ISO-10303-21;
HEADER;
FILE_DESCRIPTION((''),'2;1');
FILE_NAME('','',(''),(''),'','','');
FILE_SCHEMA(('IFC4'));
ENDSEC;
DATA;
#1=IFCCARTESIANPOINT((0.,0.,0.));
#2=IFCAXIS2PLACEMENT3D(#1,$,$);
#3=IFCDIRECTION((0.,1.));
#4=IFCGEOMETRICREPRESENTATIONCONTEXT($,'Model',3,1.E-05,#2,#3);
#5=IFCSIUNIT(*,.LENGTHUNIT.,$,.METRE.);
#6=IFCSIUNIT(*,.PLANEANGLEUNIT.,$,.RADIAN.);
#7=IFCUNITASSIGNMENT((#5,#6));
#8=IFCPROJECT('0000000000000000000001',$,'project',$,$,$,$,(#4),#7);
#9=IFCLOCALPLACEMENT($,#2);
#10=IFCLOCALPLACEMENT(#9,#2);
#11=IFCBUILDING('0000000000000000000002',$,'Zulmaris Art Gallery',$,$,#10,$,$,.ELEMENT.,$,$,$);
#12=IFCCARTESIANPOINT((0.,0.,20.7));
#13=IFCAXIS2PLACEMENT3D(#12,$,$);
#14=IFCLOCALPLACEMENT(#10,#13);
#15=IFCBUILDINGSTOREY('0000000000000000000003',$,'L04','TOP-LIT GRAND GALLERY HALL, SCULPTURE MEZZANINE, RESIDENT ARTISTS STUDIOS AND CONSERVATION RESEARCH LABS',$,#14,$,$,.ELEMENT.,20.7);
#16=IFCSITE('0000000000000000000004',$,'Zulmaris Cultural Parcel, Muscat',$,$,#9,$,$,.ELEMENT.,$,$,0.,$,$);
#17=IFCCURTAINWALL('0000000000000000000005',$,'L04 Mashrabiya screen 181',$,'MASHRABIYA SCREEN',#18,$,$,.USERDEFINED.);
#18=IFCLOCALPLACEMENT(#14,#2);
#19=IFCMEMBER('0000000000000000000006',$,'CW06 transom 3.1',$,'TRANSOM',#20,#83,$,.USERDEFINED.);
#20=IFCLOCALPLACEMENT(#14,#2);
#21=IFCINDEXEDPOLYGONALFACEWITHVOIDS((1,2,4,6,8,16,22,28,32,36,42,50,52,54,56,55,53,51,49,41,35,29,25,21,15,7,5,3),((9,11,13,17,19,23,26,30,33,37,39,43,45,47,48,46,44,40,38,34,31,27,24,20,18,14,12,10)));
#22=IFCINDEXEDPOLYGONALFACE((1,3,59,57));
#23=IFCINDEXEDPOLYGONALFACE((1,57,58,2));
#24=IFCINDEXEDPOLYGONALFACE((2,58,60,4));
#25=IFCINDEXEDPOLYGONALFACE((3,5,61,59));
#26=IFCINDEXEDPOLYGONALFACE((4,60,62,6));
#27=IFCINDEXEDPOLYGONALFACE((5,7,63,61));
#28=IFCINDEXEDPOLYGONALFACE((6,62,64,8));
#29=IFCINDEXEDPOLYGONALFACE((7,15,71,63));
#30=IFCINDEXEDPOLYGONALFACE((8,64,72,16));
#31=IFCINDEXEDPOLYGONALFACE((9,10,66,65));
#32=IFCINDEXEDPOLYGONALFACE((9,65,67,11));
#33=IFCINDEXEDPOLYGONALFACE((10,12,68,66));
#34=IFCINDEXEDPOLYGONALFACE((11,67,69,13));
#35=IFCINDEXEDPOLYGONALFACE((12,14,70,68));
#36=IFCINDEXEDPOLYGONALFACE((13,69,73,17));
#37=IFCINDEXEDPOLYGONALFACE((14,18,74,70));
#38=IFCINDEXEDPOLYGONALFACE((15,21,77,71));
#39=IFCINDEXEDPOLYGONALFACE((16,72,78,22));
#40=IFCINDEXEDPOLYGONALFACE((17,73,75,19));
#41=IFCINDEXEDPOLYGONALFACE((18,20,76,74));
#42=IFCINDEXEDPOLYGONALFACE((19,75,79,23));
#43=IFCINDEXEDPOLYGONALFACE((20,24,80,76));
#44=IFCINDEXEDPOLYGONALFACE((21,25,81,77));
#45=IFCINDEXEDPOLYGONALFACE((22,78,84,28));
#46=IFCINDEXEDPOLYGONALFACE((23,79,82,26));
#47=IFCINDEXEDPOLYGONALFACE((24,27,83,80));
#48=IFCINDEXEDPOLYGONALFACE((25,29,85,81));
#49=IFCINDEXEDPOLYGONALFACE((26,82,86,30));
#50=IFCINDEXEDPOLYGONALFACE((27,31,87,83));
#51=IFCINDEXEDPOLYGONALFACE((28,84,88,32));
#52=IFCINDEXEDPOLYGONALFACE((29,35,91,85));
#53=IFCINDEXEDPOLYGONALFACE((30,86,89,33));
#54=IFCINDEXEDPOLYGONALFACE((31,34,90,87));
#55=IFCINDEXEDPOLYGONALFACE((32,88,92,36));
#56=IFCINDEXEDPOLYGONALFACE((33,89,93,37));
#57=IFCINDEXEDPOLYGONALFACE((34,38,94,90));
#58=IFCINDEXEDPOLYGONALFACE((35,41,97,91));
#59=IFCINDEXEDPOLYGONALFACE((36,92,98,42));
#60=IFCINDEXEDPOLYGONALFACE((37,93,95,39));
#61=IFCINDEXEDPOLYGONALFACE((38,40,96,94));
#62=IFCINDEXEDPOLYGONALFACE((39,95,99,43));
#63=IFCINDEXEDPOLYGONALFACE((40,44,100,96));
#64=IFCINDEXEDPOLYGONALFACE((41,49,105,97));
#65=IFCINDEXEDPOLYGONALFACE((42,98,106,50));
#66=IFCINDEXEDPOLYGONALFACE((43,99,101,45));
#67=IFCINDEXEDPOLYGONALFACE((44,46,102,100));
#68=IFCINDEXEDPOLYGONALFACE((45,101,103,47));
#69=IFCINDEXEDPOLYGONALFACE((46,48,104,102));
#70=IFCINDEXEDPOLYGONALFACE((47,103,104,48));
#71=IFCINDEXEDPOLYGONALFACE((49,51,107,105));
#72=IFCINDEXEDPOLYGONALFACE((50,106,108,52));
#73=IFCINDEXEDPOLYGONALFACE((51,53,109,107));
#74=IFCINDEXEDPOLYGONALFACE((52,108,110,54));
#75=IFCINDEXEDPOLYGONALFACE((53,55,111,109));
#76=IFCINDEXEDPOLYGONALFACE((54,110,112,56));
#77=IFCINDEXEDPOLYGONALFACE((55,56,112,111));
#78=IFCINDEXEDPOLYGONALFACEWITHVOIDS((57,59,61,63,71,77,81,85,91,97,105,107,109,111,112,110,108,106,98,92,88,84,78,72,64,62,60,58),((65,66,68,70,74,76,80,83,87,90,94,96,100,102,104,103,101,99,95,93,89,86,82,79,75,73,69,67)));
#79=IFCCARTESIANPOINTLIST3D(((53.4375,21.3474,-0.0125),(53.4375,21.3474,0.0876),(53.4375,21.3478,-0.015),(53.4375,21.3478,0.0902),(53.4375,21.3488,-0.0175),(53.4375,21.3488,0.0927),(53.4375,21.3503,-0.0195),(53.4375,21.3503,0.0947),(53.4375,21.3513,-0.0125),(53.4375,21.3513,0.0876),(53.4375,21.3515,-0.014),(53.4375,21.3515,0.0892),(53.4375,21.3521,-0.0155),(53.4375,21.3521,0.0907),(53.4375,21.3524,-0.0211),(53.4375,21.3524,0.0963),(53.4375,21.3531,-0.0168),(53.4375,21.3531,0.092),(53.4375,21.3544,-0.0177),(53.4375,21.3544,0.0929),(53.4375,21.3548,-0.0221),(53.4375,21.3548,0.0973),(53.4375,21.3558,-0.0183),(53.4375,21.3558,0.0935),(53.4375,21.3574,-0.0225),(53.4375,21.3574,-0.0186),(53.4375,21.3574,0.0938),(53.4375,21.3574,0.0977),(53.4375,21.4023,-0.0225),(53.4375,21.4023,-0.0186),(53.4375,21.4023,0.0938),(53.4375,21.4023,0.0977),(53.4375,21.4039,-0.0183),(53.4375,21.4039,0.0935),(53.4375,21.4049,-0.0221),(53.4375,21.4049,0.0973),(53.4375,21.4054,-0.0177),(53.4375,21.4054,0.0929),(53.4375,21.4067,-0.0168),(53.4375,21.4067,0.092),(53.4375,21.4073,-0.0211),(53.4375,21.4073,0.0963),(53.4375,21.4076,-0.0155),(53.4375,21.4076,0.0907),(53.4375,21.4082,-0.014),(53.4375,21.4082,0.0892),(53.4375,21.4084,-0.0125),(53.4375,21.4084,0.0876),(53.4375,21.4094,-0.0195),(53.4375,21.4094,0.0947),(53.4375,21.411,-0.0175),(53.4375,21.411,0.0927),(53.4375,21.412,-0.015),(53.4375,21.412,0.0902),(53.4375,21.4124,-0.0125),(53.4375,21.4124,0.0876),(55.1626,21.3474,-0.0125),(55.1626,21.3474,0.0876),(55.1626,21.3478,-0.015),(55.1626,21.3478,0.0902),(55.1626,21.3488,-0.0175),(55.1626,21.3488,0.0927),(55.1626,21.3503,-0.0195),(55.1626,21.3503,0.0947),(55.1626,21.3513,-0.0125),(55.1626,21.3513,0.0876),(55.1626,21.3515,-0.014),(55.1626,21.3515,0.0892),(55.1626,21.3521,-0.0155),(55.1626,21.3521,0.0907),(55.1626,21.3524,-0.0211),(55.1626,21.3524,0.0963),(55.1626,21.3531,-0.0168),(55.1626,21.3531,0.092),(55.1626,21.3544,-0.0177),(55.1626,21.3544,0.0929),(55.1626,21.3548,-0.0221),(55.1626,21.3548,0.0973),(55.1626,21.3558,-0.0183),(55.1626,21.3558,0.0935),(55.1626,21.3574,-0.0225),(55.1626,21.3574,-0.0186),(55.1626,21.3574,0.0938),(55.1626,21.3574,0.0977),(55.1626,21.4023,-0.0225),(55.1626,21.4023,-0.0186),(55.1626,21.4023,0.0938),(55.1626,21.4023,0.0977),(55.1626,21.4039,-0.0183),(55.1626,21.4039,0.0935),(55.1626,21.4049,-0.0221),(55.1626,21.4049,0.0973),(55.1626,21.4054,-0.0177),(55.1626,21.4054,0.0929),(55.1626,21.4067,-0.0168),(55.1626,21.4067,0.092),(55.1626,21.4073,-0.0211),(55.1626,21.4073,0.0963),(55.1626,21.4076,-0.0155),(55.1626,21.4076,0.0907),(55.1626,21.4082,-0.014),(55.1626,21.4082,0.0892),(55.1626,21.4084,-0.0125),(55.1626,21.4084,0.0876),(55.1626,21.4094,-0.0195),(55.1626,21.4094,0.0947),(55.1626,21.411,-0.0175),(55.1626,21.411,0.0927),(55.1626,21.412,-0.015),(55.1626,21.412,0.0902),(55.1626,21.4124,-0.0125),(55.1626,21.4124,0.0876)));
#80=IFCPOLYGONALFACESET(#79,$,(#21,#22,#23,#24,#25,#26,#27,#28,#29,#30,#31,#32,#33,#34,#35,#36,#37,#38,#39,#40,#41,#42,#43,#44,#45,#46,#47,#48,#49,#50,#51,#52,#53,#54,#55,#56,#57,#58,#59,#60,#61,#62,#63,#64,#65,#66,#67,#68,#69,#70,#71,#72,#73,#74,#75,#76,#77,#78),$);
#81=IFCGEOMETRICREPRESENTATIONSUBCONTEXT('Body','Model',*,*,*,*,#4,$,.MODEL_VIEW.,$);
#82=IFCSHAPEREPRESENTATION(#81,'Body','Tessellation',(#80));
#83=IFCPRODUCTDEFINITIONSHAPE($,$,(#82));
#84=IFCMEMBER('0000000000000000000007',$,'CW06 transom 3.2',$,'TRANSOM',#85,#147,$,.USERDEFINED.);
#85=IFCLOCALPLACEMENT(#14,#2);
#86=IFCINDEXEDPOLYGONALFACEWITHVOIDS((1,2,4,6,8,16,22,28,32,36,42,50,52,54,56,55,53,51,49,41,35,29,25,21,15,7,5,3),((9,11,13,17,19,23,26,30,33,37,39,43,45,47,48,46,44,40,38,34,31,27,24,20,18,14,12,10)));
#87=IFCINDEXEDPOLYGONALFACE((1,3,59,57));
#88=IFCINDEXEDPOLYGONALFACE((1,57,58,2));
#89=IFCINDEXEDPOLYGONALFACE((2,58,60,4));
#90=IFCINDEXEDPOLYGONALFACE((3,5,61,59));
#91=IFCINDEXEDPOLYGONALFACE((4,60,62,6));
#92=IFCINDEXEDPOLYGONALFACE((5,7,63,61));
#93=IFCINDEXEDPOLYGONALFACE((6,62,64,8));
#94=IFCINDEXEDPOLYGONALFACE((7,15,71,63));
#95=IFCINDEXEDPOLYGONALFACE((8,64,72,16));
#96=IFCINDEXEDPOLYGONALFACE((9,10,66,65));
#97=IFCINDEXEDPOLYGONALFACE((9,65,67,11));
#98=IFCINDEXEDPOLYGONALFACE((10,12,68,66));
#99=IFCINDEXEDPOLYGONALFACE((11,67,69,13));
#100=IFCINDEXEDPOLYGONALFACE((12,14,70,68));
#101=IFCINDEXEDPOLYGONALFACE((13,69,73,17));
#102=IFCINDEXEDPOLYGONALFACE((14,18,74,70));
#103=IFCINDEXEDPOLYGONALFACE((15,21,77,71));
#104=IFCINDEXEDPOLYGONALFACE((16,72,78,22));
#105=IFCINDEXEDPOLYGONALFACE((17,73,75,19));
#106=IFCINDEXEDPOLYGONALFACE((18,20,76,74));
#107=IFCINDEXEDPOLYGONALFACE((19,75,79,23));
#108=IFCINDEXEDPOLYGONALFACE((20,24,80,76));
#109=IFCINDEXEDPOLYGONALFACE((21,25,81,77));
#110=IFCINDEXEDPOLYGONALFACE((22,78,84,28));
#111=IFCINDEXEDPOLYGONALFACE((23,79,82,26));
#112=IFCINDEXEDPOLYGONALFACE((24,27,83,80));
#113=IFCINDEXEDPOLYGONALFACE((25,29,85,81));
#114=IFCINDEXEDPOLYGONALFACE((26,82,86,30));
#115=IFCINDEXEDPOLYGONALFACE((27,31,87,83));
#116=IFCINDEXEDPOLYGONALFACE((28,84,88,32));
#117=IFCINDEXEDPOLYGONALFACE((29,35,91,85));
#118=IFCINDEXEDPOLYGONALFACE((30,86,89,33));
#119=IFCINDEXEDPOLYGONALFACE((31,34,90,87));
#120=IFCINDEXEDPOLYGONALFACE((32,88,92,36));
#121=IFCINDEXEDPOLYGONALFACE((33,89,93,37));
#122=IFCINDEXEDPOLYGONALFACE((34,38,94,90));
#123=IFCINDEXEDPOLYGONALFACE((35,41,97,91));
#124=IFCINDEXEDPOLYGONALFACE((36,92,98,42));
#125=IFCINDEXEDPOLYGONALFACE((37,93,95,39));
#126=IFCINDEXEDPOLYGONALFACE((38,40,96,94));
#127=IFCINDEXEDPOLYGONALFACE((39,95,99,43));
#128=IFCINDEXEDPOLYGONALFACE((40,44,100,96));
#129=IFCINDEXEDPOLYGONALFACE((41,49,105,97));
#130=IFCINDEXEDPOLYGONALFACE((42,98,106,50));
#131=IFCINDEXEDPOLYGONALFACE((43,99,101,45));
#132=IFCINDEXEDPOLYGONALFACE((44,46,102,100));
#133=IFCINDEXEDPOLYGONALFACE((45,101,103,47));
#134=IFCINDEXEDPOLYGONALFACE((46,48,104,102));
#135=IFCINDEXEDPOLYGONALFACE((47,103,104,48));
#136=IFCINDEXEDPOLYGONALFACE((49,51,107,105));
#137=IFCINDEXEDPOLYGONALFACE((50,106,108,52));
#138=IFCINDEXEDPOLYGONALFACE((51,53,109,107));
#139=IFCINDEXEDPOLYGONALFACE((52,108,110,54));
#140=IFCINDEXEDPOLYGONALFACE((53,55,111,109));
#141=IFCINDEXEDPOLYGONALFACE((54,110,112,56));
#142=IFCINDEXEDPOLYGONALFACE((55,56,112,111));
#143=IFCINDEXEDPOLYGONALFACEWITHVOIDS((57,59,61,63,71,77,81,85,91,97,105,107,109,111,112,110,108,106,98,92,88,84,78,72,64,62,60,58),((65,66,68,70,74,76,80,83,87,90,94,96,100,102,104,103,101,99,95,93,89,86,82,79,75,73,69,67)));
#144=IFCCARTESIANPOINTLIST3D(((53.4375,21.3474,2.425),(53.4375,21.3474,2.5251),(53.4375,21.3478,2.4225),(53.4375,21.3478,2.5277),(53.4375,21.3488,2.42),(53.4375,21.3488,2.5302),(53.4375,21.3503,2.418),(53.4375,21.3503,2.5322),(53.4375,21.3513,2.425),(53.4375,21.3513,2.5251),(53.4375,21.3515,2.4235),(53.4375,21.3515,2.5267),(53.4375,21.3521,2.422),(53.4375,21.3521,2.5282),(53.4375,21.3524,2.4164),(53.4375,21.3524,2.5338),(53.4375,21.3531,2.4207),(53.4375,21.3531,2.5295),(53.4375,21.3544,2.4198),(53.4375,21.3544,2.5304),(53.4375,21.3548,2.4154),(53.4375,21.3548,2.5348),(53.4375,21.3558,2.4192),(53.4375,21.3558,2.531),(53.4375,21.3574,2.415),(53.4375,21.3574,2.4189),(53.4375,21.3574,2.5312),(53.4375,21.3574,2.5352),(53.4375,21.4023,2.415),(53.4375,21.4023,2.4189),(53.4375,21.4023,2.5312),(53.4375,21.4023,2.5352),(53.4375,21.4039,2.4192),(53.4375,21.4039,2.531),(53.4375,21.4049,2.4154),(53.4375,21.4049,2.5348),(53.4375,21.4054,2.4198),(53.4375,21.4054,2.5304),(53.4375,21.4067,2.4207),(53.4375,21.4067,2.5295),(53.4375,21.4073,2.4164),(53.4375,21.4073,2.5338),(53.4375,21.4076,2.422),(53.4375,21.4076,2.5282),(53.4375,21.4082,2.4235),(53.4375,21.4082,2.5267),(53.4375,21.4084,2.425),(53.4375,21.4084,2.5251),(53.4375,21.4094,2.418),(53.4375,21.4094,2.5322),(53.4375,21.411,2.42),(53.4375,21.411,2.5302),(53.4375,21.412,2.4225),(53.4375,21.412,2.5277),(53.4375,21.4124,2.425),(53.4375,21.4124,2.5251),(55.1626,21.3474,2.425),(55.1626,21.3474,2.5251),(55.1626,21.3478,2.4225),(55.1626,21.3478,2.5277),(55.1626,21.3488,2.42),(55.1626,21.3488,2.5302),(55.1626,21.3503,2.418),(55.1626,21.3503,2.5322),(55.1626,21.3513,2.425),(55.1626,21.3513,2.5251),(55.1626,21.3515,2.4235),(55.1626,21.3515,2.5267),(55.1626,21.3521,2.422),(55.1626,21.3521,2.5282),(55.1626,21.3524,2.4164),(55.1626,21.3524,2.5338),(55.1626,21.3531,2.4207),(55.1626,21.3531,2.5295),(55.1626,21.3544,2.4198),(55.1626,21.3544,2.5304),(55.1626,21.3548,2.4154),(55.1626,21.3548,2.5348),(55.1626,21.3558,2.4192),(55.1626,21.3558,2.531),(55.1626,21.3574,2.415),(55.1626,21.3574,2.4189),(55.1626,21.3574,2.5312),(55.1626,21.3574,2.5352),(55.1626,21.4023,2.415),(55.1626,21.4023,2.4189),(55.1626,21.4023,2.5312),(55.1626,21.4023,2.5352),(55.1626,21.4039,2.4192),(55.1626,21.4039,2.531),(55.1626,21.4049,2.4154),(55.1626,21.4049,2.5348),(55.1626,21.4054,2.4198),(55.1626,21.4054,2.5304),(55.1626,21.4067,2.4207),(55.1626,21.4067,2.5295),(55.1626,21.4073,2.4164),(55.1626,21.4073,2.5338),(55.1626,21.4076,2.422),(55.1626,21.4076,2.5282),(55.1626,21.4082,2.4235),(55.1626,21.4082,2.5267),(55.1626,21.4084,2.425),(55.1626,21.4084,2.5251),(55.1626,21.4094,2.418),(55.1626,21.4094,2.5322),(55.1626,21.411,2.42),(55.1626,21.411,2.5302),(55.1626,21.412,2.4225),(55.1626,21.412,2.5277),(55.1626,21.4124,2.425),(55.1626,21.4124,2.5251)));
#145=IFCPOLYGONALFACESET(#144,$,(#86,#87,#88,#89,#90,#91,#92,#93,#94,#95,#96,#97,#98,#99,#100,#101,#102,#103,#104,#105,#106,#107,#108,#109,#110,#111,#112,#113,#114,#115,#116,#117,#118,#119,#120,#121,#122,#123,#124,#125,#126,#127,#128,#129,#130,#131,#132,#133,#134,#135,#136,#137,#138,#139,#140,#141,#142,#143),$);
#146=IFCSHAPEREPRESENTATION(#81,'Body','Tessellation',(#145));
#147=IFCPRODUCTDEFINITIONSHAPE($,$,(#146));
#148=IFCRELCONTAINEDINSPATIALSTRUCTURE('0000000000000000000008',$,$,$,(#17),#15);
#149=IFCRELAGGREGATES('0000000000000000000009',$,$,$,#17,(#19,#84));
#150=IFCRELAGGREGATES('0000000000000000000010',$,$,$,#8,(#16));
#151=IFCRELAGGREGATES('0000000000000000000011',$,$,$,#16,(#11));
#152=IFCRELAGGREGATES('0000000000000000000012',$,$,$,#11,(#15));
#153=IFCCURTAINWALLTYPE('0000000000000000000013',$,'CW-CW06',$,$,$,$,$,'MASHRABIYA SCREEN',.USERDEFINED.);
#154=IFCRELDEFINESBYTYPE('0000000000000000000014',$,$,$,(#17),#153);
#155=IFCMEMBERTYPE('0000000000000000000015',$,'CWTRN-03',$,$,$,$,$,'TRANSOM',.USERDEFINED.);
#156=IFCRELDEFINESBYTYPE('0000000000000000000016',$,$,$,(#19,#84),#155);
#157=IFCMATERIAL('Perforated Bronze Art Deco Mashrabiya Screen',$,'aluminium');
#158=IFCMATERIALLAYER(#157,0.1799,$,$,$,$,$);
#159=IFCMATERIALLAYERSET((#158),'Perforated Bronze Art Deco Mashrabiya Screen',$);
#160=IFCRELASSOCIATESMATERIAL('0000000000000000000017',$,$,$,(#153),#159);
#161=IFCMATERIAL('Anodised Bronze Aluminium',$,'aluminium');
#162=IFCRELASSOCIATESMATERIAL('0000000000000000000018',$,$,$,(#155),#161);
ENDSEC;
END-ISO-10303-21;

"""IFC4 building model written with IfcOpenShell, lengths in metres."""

from ifc_helpers import new_model, si_unit, direction, frame, origin, origin_2d, place, context, subcontext, project, spatial, hollow_rectangle, extrude, material, layer, layer_set, material_profile, profile_set, type_object, element, aggregate, save


model = new_model("IFC4")

# Units and contexts
model_context = context("Model", 3, precision=1e-05, world=origin(), true_north=direction((0.0, 1.0)))
body_context = subcontext(model_context, "Body", "Model", "MODEL_VIEW")
ifc_project = project(units=[si_unit("LENGTHUNIT", "METRE"), si_unit("PLANEANGLEUNIT", "RADIAN")], contexts=[model_context])

# Site, building, storey
site_placement = place(None, origin())
site = spatial("IfcSite", under=ifc_project, at=site_placement, Name="Zulmaris Cultural Parcel, Muscat", CompositionType="ELEMENT", RefElevation=0.0)
building_placement = place(site_placement, origin())
building = spatial("IfcBuilding", under=site, at=building_placement, Name="Zulmaris Art Gallery", CompositionType="ELEMENT")
storey_placement = place(building_placement, frame((0.0, 0.0, 20.7)))
storey = spatial("IfcBuildingStorey", under=building, at=storey_placement, Name="L04", Description="TOP-LIT GRAND GALLERY HALL, SCULPTURE MEZZANINE, RESIDENT ARTISTS STUDIOS AND CONSERVATION RESEARCH LABS", CompositionType="ELEMENT", Elevation=20.7)

# Shared definitions
ifc_material_1 = material(Name="Anodised Bronze Aluminium", Category="aluminium")

# Curtain wall
ifc_material_2 = material(Name="Perforated Bronze Art Deco Mashrabiya Screen", Category="aluminium")
ifc_layer_1 = layer(ifc_material_2, 0.1799)
ifc_layer_set_1 = layer_set([ifc_layer_1], Name="Perforated Bronze Art Deco Mashrabiya Screen")
curtain_wall_type_1 = type_object("IfcCurtainWallType", Name="CW-CW06", ElementType="MASHRABIYA SCREEN", PredefinedType="USERDEFINED", material=ifc_layer_set_1)
curtain_wall_1_placement = place(storey_placement, origin())
curtain_wall_1 = element("IfcCurtainWall", 1, at=curtain_wall_1_placement, inside=storey, type_object=curtain_wall_type_1, Name="L04 Mashrabiya screen 181", ObjectType="MASHRABIYA SCREEN", PredefinedType="USERDEFINED")

# Members
ifc_material_profile_1 = material_profile(ifc_material_1, hollow_rectangle(XDim=0.0649, YDim=0.1201, WallThickness=0.0039, InnerFilletRadius=0.0061, OuterFilletRadius=0.01, at=origin_2d()), Name="ALU 65x120x4")
ifc_profile_set_1 = profile_set([ifc_material_profile_1], Name="Anodised Bronze Aluminium")
member_type_1 = type_object("IfcMemberType", Name="CWTRN-03", ElementType="TRANSOM", PredefinedType="USERDEFINED", material=ifc_profile_set_1)
member_1_placement = place(storey_placement, frame((53.4375, 21.3799, 0.0376), z_axis=(1.0, 0.0, 0.0), x_axis=(0.0, 1.0, 0.0)))
member_1 = element("IfcMember", 2, at=member_1_placement, type_object=member_type_1, Name="CW06 transom 3.1", ObjectType="TRANSOM", PredefinedType="USERDEFINED", context=body_context, shape_type="SweptSolid", body=[
    extrude(hollow_rectangle(XDim=0.0649, YDim=0.1201, WallThickness=0.0039, InnerFilletRadius=0.0061, OuterFilletRadius=0.01, at=origin_2d()), origin(), (0.0, 0.0, 1.0), 1.7251),
])
member_2_placement = place(storey_placement, frame((53.4375, 21.3799, 2.4751), z_axis=(1.0, 0.0, 0.0), x_axis=(0.0, 1.0, 0.0)))
member_2 = element("IfcMember", 3, at=member_2_placement, type_object=member_type_1, Name="CW06 transom 3.2", ObjectType="TRANSOM", PredefinedType="USERDEFINED", context=body_context, shape_type="SweptSolid", body=[
    extrude(hollow_rectangle(XDim=0.0649, YDim=0.1201, WallThickness=0.0039, InnerFilletRadius=0.0061, OuterFilletRadius=0.01, at=origin_2d()), origin(), (0.0, 0.0, 1.0), 1.7251),
])

aggregate(curtain_wall_1, [member_1, member_2])

save(model, "model.ifc")
